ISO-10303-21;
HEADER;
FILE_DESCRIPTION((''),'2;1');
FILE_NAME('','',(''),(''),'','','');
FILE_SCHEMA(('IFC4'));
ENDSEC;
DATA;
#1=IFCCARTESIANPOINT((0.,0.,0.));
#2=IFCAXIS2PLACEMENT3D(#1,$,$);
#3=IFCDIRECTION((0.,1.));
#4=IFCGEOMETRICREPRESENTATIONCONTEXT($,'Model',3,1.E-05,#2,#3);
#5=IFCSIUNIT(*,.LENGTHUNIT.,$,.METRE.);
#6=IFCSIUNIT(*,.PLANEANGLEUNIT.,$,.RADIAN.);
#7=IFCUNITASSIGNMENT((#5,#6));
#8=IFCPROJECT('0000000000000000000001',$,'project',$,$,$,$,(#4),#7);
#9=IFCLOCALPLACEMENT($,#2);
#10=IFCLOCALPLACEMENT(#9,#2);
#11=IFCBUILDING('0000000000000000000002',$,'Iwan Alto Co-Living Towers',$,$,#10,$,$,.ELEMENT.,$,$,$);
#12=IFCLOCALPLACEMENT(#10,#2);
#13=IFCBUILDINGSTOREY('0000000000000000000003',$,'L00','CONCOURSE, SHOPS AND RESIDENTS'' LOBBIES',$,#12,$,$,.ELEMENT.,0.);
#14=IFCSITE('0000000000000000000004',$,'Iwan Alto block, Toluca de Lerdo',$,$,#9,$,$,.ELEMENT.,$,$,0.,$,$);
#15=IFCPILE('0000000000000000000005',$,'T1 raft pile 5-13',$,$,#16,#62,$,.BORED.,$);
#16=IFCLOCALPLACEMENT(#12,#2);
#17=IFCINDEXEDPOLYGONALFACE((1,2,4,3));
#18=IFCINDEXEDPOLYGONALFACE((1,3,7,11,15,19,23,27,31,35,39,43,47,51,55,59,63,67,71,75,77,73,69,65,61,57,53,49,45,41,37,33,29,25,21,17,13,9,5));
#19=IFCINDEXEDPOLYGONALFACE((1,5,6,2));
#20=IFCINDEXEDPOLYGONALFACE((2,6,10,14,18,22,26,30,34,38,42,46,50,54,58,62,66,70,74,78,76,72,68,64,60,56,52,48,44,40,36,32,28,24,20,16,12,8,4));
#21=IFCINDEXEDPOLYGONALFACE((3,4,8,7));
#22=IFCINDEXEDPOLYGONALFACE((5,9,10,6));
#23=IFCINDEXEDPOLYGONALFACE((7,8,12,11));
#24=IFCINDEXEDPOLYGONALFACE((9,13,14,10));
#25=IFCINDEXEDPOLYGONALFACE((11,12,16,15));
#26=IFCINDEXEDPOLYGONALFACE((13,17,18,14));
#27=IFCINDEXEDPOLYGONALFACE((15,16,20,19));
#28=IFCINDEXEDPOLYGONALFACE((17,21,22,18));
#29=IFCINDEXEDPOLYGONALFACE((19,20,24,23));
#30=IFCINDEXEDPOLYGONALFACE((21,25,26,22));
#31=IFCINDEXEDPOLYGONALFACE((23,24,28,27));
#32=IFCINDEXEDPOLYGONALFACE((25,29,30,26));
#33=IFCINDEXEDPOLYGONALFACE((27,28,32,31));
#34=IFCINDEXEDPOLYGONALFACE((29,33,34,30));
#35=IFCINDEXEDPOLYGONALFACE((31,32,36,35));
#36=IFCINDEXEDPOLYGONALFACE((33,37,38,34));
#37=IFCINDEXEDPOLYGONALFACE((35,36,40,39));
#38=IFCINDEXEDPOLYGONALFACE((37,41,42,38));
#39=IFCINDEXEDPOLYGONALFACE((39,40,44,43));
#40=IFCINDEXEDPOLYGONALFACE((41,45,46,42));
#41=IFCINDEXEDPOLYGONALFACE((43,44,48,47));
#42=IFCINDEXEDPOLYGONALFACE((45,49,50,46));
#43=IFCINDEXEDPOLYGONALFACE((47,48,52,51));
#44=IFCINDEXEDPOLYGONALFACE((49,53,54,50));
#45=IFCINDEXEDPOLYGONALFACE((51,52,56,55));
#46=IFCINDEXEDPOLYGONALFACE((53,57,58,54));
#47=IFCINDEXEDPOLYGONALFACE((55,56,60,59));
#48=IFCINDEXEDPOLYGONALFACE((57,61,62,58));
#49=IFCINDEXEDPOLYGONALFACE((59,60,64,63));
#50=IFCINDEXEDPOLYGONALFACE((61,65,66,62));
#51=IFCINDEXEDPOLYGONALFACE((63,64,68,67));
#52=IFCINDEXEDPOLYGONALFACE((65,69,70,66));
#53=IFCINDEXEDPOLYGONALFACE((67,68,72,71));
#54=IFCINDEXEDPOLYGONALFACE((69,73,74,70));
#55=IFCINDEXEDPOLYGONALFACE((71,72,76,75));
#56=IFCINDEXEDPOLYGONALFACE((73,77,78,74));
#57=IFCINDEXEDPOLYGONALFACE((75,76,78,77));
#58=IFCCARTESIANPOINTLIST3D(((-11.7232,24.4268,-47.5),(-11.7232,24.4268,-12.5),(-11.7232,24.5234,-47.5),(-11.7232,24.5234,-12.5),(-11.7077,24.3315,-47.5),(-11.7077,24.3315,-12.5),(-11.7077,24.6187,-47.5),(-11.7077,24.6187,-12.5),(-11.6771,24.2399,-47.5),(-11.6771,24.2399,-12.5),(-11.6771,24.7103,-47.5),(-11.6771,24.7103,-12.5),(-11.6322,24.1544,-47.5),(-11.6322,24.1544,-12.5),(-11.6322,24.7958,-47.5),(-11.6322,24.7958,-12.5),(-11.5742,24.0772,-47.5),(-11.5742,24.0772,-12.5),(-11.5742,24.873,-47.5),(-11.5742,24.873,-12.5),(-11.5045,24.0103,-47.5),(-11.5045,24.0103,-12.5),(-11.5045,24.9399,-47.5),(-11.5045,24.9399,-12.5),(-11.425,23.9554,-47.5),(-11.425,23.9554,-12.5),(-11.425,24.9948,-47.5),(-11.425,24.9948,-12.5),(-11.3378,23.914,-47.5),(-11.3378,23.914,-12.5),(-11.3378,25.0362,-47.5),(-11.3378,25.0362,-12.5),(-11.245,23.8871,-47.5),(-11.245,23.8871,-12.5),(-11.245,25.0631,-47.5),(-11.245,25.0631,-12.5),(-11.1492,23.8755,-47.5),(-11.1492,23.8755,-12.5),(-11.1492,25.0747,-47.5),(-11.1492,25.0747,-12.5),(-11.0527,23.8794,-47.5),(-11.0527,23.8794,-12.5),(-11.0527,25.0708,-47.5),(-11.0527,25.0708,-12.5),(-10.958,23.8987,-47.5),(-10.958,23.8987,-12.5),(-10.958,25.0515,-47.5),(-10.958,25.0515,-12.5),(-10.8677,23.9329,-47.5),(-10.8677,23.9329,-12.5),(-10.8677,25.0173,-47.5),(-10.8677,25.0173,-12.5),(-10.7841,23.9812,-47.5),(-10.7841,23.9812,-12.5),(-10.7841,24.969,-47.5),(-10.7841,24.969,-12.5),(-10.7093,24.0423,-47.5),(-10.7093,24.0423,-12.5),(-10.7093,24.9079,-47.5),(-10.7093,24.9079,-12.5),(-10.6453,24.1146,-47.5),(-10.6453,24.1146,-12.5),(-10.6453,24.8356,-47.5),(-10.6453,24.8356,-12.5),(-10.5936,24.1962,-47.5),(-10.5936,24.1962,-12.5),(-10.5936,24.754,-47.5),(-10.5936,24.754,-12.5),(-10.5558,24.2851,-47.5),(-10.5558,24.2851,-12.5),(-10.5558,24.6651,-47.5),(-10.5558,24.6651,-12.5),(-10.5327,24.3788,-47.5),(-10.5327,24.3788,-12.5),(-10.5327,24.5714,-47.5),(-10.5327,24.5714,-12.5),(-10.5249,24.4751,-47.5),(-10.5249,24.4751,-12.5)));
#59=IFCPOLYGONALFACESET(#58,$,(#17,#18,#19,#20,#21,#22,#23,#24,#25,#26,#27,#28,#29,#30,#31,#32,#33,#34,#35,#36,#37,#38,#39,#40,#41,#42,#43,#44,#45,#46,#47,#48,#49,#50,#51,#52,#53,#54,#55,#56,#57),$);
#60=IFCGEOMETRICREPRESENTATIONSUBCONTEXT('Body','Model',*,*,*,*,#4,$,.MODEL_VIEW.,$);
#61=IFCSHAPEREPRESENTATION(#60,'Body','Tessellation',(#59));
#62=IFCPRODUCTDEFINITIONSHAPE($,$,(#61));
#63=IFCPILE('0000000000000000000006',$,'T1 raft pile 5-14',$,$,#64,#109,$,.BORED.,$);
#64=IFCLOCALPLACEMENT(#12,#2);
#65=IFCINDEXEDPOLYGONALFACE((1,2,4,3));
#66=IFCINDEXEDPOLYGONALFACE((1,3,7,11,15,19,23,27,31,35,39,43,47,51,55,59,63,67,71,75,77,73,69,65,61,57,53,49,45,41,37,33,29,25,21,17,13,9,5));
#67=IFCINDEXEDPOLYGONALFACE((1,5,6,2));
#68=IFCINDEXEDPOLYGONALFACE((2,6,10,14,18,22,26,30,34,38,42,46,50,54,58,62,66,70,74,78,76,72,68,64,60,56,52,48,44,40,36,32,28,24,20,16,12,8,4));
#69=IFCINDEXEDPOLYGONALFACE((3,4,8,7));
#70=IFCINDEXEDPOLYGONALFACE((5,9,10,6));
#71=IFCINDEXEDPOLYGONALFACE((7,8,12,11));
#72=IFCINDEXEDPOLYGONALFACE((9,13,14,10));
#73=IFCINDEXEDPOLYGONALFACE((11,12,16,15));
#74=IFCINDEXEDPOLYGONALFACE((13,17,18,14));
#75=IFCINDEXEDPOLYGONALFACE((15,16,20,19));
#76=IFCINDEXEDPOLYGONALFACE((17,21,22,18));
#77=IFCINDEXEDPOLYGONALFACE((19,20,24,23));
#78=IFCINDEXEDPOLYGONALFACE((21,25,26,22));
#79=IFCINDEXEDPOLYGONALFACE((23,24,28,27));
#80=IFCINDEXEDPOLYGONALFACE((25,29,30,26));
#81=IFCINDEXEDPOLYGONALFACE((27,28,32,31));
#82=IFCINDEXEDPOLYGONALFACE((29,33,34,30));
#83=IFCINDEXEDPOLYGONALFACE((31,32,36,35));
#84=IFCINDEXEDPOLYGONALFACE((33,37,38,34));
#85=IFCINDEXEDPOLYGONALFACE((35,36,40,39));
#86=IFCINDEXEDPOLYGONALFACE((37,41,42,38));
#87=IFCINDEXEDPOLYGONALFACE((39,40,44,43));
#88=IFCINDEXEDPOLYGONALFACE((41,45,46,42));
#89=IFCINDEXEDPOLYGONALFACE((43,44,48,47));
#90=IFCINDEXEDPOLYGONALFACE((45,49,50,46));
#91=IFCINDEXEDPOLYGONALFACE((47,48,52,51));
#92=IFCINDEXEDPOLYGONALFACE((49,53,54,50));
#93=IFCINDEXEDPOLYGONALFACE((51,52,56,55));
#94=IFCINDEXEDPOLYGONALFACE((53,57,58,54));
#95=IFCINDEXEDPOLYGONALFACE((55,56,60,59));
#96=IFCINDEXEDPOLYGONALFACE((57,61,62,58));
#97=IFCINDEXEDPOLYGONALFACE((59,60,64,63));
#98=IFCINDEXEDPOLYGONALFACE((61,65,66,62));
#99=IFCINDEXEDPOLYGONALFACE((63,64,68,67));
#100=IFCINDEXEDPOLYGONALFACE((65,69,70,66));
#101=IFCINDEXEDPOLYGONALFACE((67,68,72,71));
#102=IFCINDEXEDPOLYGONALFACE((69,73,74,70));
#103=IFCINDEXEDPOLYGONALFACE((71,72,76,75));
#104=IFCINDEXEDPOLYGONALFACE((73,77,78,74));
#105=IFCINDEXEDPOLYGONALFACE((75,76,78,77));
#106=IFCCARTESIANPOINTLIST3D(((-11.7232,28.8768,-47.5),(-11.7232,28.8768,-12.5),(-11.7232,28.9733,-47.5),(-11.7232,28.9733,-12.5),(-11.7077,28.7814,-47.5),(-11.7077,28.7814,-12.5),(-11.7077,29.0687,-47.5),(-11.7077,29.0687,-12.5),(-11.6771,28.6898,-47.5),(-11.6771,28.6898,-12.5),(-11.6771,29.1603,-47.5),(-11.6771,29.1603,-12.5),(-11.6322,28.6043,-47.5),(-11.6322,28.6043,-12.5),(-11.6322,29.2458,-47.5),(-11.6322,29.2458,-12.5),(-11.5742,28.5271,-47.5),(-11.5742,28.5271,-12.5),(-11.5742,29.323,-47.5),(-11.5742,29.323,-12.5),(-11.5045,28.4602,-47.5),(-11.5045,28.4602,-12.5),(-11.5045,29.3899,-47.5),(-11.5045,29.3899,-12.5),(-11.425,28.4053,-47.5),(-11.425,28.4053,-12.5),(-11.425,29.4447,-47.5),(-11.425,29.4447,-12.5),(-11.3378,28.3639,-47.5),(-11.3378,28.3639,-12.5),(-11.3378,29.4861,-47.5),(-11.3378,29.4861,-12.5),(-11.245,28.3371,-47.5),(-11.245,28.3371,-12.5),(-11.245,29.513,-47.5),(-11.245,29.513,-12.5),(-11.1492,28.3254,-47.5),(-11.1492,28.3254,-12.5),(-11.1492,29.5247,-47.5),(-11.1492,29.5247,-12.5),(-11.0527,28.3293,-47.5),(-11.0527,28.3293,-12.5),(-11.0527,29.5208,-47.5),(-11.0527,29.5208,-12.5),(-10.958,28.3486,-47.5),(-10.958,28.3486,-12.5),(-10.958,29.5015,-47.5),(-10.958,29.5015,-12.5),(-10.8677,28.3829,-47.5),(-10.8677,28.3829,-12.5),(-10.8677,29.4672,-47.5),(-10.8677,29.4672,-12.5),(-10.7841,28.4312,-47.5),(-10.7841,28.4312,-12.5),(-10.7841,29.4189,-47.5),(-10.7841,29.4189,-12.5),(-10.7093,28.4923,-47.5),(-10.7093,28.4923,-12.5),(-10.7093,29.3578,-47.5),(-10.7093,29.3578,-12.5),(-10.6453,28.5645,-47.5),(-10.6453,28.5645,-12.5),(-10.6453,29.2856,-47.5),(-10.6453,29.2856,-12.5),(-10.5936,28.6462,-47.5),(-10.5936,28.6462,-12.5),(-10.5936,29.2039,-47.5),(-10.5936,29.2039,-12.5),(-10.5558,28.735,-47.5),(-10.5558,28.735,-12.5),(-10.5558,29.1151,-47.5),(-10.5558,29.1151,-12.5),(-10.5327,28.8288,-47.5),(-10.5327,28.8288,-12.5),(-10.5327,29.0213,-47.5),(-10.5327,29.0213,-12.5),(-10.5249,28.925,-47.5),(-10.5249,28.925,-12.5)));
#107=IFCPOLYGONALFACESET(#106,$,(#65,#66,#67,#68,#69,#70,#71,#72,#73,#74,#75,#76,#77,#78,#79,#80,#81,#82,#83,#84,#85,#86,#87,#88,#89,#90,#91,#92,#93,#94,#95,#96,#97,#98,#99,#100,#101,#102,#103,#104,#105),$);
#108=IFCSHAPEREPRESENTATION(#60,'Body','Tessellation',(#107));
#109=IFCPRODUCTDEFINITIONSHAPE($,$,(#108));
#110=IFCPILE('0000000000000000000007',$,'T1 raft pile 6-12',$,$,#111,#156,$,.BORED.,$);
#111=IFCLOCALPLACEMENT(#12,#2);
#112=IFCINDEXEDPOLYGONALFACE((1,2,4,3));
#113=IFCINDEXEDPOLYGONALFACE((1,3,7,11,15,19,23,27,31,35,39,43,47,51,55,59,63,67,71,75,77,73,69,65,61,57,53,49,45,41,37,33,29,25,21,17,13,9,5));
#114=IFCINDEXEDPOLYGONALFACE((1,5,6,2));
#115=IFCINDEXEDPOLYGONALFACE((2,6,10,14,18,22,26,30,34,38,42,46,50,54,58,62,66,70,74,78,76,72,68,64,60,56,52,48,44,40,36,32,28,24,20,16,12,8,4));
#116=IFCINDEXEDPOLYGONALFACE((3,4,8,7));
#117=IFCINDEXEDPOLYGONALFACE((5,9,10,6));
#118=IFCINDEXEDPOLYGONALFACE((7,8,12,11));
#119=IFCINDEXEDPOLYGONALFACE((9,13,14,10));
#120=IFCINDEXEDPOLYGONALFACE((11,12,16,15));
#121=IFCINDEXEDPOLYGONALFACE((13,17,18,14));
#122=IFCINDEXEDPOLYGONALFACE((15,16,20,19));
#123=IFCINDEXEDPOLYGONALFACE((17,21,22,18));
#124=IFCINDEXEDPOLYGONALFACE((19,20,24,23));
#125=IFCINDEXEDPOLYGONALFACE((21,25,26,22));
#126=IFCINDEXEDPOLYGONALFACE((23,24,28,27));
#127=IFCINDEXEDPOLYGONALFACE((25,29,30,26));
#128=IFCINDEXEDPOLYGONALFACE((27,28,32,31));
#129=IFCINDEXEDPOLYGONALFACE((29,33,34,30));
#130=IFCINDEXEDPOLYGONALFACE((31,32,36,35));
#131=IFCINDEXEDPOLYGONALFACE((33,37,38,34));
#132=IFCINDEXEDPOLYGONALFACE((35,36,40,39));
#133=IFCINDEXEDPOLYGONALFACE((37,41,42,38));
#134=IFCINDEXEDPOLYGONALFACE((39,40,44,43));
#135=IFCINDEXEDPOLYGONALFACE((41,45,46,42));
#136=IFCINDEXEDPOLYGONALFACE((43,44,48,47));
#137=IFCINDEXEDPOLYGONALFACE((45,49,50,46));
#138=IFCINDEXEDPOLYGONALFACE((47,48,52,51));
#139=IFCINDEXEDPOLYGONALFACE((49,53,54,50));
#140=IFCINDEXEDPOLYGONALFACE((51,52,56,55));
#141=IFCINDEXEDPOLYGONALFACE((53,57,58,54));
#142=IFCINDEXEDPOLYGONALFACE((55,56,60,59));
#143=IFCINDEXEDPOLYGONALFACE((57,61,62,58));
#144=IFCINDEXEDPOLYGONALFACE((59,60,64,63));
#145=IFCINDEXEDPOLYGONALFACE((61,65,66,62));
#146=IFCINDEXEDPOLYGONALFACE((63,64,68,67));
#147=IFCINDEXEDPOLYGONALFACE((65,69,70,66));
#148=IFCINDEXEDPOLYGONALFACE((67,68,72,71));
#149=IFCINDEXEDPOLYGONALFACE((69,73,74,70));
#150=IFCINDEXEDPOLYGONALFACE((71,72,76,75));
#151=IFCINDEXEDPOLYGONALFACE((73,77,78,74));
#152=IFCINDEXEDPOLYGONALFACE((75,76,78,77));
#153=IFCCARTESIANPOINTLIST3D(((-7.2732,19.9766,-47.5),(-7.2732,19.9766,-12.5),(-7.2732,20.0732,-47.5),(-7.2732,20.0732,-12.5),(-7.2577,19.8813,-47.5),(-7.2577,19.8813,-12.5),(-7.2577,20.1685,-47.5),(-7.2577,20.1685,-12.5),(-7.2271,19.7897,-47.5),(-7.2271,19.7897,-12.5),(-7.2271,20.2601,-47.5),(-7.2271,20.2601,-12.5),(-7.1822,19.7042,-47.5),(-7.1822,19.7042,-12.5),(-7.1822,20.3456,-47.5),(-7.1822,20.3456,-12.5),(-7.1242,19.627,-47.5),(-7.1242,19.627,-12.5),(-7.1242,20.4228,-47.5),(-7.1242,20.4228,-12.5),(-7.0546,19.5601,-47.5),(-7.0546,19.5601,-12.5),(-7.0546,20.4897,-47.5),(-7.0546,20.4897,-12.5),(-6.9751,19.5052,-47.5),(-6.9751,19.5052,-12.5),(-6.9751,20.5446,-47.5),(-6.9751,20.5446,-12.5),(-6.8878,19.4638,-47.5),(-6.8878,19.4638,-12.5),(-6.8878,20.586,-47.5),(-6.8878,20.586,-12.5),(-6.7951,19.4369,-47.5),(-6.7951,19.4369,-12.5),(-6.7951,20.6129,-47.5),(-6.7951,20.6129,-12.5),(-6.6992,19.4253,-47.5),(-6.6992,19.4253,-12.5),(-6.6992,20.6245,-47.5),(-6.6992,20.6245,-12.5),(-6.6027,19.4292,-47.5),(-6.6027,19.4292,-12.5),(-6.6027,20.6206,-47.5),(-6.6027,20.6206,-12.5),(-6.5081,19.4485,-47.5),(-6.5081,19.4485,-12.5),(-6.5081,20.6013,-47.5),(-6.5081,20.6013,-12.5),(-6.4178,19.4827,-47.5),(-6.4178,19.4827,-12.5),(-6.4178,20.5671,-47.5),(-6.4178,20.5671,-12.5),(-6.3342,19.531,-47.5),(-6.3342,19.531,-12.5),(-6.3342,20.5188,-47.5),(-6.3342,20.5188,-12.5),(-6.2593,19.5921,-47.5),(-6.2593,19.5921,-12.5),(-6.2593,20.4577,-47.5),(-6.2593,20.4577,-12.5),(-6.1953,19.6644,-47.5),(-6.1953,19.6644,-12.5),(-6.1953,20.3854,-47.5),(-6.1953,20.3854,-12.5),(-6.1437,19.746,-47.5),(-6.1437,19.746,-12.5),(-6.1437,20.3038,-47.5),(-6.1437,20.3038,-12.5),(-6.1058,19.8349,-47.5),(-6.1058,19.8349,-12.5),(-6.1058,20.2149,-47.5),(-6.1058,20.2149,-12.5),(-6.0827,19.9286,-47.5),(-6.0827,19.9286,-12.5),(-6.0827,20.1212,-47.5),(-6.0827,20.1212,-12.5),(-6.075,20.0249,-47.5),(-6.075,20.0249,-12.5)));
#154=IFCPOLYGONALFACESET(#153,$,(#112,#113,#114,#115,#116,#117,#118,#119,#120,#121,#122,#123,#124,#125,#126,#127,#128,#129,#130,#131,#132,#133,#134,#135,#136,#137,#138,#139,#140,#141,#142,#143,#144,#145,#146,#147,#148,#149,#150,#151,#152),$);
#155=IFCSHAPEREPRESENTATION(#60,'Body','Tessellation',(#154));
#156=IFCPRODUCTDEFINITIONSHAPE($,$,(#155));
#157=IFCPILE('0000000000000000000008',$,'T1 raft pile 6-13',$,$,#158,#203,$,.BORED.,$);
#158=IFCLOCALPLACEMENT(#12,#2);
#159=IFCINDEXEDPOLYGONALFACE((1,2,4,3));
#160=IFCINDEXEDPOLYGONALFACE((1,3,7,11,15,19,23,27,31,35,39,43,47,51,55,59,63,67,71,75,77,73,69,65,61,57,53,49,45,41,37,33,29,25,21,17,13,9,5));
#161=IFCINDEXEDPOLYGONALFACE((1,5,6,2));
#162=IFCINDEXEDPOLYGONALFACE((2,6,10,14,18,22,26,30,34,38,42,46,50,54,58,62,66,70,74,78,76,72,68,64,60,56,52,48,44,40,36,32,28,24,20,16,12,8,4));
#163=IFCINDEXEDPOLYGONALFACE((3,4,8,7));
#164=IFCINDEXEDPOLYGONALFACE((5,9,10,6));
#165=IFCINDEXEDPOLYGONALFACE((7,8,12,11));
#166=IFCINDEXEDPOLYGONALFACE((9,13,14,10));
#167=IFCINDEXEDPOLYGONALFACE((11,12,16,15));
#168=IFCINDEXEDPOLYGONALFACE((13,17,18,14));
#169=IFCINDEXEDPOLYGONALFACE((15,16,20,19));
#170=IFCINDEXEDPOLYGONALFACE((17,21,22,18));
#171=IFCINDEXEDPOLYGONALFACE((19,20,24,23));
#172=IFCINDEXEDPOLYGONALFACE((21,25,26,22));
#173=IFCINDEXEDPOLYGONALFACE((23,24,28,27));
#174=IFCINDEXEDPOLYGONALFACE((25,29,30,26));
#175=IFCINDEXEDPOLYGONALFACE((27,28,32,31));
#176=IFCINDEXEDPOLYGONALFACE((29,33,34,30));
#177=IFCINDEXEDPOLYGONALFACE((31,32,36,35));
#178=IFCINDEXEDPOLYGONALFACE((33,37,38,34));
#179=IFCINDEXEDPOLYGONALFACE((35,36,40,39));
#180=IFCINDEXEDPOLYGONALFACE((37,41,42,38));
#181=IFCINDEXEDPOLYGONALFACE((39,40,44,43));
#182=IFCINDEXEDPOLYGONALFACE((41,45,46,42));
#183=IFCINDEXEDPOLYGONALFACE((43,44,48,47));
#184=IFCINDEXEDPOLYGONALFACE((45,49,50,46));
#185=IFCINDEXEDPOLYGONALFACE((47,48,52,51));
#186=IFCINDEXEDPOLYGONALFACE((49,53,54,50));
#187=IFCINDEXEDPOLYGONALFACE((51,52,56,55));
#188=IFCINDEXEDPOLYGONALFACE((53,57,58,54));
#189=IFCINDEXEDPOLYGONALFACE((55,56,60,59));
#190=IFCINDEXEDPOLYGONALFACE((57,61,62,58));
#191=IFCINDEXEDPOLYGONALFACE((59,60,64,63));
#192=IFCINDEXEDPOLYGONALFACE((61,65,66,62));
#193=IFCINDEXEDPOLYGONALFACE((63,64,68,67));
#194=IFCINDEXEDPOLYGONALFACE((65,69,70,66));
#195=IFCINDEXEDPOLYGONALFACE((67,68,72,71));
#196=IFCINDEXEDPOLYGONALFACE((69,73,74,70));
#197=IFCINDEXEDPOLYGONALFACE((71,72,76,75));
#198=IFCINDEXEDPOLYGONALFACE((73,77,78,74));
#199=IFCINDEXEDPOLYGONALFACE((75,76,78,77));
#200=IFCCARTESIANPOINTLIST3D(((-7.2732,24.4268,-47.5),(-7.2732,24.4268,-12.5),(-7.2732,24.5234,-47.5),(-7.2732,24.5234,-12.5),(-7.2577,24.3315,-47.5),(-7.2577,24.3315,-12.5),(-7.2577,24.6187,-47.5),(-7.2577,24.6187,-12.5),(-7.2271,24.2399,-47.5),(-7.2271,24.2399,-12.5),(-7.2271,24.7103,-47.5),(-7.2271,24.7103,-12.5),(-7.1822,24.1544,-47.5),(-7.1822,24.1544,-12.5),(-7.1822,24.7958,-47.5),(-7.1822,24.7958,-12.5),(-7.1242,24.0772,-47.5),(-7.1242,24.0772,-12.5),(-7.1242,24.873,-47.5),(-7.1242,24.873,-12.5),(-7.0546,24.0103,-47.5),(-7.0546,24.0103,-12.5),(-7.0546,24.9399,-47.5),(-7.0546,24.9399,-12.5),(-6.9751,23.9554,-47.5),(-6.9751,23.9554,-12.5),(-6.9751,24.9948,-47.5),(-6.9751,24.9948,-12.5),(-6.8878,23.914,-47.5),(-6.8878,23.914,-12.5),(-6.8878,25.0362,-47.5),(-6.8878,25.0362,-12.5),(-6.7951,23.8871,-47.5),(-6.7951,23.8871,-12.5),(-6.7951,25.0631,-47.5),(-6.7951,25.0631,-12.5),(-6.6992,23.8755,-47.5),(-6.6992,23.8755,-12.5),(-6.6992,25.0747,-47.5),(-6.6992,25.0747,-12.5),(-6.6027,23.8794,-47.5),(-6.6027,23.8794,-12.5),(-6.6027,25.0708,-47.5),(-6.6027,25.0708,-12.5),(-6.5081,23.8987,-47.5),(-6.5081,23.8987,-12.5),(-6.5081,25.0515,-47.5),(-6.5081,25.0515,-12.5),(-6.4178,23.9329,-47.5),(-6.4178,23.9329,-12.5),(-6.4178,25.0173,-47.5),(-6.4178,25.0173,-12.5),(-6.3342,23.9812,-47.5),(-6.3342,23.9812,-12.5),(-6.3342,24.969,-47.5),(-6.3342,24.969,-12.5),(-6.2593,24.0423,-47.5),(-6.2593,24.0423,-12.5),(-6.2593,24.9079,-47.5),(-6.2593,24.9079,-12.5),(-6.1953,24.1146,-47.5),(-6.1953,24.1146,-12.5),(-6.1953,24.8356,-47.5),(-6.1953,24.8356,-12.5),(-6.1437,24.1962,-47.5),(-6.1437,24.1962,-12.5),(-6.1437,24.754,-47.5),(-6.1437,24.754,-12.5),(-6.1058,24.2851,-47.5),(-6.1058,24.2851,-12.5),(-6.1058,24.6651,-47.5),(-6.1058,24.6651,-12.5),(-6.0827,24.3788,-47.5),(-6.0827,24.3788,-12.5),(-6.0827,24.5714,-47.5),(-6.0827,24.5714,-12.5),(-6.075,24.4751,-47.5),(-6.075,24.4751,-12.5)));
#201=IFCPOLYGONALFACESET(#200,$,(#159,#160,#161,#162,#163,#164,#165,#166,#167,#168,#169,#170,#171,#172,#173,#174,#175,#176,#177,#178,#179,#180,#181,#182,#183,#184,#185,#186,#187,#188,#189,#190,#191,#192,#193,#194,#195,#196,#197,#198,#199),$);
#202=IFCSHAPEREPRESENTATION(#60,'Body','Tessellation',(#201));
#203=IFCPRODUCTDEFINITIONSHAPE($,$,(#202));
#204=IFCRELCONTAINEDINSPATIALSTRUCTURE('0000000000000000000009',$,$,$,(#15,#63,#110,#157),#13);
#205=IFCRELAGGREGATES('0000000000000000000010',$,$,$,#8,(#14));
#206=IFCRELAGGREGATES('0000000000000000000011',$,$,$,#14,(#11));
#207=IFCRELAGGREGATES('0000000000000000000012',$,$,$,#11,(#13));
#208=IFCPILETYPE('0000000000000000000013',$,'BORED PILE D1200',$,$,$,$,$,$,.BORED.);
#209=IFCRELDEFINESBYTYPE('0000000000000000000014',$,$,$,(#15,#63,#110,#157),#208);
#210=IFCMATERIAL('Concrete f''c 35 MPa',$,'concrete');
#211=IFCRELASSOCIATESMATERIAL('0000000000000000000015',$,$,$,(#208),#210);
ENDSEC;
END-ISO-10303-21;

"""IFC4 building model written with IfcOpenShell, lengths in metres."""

from ifc_helpers import new_model, si_unit, direction, frame, origin, origin_2d, place, context, subcontext, project, spatial, circle, extrude, material, material_profile, profile_set, type_object, element, save


model = new_model("IFC4")

# Units and contexts
model_context = context("Model", 3, precision=1e-05, world=origin(), true_north=direction((0.0, 1.0)))
body_context = subcontext(model_context, "Body", "Model", "MODEL_VIEW")
ifc_project = project(units=[si_unit("LENGTHUNIT", "METRE"), si_unit("PLANEANGLEUNIT", "RADIAN")], contexts=[model_context])

# Site, building, storey
site_placement = place(None, origin())
site = spatial("IfcSite", under=ifc_project, at=site_placement, Name="Iwan Alto block, Toluca de Lerdo", CompositionType="ELEMENT", RefElevation=0.0)
building_placement = place(site_placement, origin())
building = spatial("IfcBuilding", under=site, at=building_placement, Name="Iwan Alto Co-Living Towers", CompositionType="ELEMENT")
storey_placement = place(building_placement, origin())
storey = spatial("IfcBuildingStorey", under=building, at=storey_placement, Name="L00", Description="CONCOURSE, SHOPS AND RESIDENTS' LOBBIES", CompositionType="ELEMENT", Elevation=0.0)

# Piles
ifc_material_1 = material(Name="Concrete f'c 35 MPa", Category="concrete")
ifc_material_profile_1 = material_profile(ifc_material_1, circle(Radius=0.6001, at=origin_2d()), Name="D1200")
ifc_profile_set_1 = profile_set([ifc_material_profile_1], Name="Concrete f'c 35 MPa")
pile_type_1 = type_object("IfcPileType", Name="BORED PILE D1200", PredefinedType="BORED", material=ifc_profile_set_1)
for number, where, z_axis, x_axis, name in (
    (1, (-11.125, 24.4751, -12.5), (0.0, 0.0, -1.0), (1.0, 0.0, 0.0), "T1 raft pile 5-13"),
    (2, (-11.125, 28.925, -12.5), (0.0, 0.0, -1.0), (1.0, 0.0, 0.0), "T1 raft pile 5-14"),
    (3, (-6.675, 20.0249, -12.5), (0.0, 0.0, -1.0), (1.0, 0.0, 0.0), "T1 raft pile 6-12"),
    (4, (-6.675, 24.4751, -12.5), (0.0, 0.0, -1.0), (1.0, 0.0, 0.0), "T1 raft pile 6-13"),
):
    element("IfcPile", number, at=place(storey_placement, frame(where, z_axis=z_axis, x_axis=x_axis)), inside=storey, type_object=pile_type_1, Name=name, PredefinedType="BORED", context=body_context, shape_type="SweptSolid", body=[
        extrude(circle(Radius=0.6001, at=origin_2d()), origin(), (0.0, 0.0, 1.0), 35.0),
    ])

save(model, "model.ifc")
